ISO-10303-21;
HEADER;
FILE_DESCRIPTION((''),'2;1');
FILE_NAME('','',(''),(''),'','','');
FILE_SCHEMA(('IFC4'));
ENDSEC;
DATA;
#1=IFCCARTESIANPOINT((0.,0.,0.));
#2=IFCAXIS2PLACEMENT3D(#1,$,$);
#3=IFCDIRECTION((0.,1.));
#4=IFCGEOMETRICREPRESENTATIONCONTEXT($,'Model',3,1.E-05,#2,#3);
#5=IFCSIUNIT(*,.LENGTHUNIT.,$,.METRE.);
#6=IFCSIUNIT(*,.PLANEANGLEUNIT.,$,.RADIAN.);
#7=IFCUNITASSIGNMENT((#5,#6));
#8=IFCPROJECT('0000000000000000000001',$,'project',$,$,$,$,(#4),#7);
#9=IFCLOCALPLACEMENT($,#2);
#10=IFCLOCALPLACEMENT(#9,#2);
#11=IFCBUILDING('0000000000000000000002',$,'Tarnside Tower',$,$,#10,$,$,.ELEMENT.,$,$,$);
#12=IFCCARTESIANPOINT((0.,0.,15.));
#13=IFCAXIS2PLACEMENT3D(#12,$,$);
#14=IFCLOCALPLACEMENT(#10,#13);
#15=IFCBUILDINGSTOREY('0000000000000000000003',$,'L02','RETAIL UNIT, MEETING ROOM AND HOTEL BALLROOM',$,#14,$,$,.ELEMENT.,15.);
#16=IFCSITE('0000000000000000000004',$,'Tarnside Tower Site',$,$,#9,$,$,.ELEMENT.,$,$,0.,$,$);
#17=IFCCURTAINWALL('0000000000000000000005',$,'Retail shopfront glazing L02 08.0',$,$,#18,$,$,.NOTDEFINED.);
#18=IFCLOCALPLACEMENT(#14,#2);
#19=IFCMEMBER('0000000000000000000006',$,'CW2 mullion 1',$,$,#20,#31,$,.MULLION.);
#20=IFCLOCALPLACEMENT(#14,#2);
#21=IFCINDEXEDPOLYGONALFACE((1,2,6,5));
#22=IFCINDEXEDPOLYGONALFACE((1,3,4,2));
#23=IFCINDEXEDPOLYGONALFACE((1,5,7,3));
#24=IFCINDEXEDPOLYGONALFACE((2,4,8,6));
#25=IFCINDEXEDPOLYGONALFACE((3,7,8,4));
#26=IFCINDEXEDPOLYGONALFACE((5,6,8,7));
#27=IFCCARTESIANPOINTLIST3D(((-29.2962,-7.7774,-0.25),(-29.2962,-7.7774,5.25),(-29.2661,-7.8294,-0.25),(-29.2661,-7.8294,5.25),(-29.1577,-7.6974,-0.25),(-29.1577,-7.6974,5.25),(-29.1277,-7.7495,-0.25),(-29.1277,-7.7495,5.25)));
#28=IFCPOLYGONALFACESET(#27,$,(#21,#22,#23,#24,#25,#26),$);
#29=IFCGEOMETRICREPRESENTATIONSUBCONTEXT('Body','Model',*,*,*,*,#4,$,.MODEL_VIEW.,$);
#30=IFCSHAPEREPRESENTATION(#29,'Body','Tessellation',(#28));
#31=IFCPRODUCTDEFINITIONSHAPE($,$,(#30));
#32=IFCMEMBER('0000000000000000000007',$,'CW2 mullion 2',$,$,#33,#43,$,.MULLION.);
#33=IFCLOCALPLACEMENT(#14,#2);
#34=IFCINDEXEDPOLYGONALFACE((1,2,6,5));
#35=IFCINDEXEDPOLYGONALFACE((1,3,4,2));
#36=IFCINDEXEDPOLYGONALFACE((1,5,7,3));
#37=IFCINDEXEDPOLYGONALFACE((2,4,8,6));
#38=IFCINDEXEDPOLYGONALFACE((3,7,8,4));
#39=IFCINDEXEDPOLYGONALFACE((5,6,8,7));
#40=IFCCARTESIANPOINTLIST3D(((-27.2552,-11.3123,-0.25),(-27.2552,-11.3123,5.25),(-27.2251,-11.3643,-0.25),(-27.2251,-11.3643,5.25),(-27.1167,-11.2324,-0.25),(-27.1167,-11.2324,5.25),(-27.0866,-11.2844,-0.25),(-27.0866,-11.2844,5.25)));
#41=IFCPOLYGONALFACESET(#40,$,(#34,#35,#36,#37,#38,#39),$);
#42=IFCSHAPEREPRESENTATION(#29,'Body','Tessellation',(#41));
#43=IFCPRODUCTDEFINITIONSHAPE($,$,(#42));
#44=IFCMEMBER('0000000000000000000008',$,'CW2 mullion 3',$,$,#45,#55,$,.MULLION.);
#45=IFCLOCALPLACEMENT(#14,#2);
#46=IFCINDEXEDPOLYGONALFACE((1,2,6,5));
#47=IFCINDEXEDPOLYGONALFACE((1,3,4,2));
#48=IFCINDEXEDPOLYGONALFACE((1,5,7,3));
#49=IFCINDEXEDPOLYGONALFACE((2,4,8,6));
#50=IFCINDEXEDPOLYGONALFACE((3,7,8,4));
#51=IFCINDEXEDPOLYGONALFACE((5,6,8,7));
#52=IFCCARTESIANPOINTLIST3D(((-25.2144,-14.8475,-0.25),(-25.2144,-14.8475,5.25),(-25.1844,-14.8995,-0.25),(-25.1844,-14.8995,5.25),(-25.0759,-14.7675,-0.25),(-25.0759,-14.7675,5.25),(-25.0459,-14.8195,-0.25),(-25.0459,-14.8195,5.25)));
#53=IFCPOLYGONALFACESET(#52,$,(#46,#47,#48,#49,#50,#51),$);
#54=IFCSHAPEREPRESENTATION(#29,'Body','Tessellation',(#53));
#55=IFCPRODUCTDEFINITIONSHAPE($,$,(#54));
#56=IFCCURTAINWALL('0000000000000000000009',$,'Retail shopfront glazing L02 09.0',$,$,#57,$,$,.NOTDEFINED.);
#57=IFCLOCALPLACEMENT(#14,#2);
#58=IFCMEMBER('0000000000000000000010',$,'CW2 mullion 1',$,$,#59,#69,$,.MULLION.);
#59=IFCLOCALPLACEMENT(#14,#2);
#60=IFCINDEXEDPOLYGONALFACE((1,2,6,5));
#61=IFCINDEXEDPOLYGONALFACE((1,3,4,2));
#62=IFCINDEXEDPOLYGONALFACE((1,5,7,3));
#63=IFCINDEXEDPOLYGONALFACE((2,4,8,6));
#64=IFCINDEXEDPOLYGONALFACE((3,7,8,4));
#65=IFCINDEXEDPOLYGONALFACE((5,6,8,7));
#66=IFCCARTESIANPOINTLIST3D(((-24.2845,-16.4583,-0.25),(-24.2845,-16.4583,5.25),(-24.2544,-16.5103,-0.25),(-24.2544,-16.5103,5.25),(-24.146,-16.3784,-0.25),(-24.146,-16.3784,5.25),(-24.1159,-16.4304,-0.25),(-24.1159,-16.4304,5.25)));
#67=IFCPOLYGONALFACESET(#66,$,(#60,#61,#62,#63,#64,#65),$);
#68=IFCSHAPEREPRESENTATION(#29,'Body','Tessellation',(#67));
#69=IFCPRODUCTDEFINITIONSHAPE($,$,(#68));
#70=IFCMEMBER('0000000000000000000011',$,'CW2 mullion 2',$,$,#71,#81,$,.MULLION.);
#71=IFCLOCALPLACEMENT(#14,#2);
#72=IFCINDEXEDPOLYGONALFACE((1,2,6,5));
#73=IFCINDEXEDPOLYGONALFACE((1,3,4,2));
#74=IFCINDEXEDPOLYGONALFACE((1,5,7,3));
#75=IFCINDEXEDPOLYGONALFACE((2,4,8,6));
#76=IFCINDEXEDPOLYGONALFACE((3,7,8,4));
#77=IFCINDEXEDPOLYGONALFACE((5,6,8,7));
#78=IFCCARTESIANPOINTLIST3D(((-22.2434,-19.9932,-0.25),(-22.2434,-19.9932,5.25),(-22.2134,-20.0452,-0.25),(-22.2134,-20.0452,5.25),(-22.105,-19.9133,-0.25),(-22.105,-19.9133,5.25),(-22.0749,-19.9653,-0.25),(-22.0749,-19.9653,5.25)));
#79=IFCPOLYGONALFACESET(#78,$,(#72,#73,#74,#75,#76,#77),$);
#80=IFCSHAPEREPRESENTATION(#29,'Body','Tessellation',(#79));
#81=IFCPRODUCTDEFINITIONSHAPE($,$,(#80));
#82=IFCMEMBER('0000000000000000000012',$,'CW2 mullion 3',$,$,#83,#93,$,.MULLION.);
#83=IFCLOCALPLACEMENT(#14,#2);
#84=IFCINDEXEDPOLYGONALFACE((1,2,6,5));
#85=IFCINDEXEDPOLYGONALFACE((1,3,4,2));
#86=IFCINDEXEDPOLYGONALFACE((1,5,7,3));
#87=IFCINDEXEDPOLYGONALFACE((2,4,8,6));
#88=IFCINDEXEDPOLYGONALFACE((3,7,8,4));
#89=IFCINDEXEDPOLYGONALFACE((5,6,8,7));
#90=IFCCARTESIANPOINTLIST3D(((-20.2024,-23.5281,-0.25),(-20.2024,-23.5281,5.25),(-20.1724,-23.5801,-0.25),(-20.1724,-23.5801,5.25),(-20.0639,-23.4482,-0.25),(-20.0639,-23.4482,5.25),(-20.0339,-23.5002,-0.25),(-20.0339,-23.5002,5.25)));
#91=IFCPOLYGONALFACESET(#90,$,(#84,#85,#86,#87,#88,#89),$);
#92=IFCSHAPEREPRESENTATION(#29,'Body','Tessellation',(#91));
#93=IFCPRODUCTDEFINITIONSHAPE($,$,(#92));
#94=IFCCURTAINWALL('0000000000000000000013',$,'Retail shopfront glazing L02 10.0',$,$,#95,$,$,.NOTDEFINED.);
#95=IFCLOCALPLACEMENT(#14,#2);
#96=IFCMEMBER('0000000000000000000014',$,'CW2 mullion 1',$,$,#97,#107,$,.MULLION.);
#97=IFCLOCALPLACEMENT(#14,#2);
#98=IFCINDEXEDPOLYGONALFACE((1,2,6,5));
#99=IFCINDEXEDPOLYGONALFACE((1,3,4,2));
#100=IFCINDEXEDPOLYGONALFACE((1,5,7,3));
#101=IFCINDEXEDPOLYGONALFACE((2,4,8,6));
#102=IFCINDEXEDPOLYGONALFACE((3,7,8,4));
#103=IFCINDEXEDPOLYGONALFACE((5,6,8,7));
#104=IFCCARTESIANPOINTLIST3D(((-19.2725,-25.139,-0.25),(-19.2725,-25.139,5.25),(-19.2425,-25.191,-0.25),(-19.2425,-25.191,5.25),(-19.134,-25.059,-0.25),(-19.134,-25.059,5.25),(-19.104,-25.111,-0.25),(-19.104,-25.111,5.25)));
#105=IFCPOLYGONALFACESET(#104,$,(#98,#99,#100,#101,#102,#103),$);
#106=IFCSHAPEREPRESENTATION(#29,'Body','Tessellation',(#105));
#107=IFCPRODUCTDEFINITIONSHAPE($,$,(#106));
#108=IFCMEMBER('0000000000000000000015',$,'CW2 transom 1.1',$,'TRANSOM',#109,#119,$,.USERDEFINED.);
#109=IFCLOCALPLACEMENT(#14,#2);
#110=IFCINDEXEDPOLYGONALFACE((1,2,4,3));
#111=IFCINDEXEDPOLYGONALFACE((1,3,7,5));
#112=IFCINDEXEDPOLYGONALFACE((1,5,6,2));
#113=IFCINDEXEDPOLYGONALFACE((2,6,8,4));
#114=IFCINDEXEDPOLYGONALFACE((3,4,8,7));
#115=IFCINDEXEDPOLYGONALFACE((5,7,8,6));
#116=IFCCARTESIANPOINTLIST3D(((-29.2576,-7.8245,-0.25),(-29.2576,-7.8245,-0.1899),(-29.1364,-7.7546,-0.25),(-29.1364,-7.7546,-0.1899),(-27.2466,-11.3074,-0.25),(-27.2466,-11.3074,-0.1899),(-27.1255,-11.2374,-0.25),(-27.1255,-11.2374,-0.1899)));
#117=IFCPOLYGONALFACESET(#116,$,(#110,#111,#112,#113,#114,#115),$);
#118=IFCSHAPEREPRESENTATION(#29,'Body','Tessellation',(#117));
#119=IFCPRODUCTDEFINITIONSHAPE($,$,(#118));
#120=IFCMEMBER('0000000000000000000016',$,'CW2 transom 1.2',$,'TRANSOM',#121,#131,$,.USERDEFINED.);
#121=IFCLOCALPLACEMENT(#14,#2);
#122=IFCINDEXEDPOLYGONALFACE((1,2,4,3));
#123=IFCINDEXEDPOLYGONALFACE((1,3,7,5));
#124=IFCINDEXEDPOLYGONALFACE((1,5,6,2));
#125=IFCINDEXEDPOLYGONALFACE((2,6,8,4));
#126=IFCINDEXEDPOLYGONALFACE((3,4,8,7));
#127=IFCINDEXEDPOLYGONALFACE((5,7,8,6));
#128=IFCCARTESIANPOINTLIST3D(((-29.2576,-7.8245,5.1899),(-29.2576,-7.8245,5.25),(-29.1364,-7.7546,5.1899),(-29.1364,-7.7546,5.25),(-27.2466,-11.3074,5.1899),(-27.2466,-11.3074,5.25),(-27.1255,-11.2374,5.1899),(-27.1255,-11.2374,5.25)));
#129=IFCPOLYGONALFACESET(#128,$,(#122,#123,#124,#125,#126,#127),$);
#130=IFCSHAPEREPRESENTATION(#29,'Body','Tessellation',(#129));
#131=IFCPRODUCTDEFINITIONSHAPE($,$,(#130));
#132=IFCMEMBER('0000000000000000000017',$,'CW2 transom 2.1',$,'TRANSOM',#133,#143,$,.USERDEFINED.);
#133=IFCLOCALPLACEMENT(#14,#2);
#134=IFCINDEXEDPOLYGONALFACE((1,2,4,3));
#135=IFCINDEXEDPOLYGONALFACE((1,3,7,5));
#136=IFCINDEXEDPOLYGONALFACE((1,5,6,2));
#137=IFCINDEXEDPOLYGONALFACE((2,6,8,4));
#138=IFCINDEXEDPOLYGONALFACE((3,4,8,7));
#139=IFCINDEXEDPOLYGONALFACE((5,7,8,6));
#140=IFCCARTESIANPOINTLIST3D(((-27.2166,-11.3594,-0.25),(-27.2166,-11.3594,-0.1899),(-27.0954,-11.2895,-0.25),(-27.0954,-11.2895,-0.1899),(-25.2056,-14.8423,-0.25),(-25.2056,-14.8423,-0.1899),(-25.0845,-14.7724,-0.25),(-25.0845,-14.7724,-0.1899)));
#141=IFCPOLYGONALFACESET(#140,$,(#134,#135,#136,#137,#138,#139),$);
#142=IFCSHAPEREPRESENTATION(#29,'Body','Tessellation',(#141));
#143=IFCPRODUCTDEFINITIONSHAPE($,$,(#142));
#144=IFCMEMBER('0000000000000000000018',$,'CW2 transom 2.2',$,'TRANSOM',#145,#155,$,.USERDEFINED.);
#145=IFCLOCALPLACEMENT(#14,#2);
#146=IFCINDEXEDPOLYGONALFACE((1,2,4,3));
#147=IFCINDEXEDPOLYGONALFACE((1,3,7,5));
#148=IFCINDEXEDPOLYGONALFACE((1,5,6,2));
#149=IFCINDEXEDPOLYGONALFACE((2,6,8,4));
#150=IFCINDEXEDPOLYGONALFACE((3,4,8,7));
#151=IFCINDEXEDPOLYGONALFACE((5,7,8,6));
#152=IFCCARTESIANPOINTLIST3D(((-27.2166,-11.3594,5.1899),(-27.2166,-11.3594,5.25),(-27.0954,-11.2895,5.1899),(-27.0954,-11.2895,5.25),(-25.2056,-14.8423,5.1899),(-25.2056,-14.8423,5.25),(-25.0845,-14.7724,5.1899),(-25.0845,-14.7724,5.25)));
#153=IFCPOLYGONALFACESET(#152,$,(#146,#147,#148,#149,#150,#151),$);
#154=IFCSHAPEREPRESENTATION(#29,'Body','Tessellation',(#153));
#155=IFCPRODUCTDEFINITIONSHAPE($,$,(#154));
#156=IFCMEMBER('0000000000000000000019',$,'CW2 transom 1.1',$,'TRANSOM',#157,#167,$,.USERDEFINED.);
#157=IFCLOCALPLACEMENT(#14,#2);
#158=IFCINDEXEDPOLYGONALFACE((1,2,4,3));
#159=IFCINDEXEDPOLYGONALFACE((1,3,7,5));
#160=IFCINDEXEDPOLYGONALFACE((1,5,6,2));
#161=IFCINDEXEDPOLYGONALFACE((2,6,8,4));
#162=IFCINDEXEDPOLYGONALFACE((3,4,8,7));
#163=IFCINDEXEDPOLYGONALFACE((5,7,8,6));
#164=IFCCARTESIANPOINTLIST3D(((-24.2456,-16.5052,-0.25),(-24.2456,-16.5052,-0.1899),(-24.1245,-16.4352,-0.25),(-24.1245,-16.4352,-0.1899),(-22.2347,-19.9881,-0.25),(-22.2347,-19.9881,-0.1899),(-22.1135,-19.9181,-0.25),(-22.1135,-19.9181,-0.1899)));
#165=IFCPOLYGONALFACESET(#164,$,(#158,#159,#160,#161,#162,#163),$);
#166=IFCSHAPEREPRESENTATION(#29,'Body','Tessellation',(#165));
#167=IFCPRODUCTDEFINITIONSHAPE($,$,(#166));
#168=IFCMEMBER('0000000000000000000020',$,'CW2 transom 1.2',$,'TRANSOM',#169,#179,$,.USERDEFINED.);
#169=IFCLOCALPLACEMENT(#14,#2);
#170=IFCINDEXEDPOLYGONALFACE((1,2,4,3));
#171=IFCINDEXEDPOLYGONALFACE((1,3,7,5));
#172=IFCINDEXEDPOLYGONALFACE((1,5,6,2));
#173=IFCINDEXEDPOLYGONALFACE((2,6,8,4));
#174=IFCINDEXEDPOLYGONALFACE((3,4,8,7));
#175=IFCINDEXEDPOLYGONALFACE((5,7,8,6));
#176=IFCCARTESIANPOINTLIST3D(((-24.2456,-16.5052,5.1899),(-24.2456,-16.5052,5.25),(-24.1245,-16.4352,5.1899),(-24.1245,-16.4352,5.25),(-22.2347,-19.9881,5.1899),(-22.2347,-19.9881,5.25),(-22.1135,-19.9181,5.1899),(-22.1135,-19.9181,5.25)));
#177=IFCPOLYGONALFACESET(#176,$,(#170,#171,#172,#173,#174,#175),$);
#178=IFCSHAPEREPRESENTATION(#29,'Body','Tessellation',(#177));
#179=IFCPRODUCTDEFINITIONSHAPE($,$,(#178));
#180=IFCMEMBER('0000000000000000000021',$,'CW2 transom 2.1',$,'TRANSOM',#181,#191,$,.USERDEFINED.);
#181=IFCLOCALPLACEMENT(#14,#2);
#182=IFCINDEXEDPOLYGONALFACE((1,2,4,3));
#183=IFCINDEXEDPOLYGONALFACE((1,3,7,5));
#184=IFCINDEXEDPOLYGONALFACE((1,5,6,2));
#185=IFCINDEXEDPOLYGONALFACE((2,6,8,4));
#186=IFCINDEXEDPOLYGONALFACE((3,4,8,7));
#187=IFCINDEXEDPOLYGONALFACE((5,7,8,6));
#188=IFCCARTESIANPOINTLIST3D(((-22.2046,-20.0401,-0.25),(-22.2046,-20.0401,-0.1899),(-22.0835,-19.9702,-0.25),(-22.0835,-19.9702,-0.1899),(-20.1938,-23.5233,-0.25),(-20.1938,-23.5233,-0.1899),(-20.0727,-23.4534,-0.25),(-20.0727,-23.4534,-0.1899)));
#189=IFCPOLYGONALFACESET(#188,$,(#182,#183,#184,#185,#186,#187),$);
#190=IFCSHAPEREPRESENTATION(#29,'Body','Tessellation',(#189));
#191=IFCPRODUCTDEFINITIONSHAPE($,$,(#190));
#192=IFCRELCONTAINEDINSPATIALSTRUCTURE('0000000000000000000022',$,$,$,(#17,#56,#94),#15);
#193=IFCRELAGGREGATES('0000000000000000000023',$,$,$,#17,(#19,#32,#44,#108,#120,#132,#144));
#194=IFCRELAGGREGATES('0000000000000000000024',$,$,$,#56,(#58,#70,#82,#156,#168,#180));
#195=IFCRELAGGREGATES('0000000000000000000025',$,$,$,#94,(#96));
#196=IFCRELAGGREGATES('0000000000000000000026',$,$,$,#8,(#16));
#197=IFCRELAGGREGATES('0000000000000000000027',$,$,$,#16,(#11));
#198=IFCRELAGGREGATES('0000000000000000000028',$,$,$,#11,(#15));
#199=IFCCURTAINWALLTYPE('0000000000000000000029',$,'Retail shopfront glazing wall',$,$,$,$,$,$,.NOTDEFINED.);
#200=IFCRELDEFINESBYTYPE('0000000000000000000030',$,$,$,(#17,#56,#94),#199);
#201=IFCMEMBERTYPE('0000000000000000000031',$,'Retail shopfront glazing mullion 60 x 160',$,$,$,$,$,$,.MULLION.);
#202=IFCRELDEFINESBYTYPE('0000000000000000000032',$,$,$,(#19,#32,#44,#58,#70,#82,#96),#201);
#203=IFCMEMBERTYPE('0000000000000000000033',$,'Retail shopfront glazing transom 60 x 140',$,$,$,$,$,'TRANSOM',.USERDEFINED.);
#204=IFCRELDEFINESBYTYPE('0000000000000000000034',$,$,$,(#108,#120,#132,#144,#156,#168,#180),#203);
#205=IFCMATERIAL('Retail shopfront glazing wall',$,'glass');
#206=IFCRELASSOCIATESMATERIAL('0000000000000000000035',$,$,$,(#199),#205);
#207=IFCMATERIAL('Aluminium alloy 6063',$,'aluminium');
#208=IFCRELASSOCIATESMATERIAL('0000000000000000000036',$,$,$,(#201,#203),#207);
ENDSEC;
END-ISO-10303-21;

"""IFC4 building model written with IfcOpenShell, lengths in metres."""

from ifc_helpers import new_model, si_unit, direction, frame, origin, origin_2d, place, context, subcontext, project, spatial, rectangle, extrude, material, material_profile, profile_set, type_object, element, aggregate, save


model = new_model("IFC4")

# Units and contexts
model_context = context("Model", 3, precision=1e-05, world=origin(), true_north=direction((0.0, 1.0)))
body_context = subcontext(model_context, "Body", "Model", "MODEL_VIEW")
ifc_project = project(units=[si_unit("LENGTHUNIT", "METRE"), si_unit("PLANEANGLEUNIT", "RADIAN")], contexts=[model_context])

# Site, building, storey
site_placement = place(None, origin())
site = spatial("IfcSite", under=ifc_project, at=site_placement, Name="Tarnside Tower Site", CompositionType="ELEMENT", RefElevation=0.0)
building_placement = place(site_placement, origin())
building = spatial("IfcBuilding", under=site, at=building_placement, Name="Tarnside Tower", CompositionType="ELEMENT")
storey_placement = place(building_placement, frame((0.0, 0.0, 15.0)))
storey = spatial("IfcBuildingStorey", under=building, at=storey_placement, Name="L02", Description="RETAIL UNIT, MEETING ROOM AND HOTEL BALLROOM", CompositionType="ELEMENT", Elevation=15.0)

# Curtain walls, members
ifc_material_1 = material(Name="Retail shopfront glazing wall", Category="glass")
curtain_wall_type = type_object("IfcCurtainWallType", Name="Retail shopfront glazing wall", PredefinedType="NOTDEFINED", material=ifc_material_1)
curtain_wall_1_placement = place(storey_placement, origin())
curtain_wall_1 = element("IfcCurtainWall", 1, at=curtain_wall_1_placement, inside=storey, type_object=curtain_wall_type, Name="Retail shopfront glazing L02 08.0", PredefinedType="NOTDEFINED")
ifc_material_2 = material(Name="Aluminium alloy 6063", Category="aluminium")
ifc_material_profile_1 = material_profile(ifc_material_2, rectangle(XDim=0.1599, YDim=0.0601, at=origin_2d()), Name="Retail shopfront glazing mullion 60 x 160")
ifc_profile_set_1 = profile_set([ifc_material_profile_1], Name="Aluminium alloy 6063")
member_type_1 = type_object("IfcMemberType", Name="Retail shopfront glazing mullion 60 x 160", PredefinedType="MULLION", material=ifc_profile_set_1)
member_1_placement = place(storey_placement, frame((-29.2119, -7.7634, -0.25), z_axis=(0.0, 0.0, 1.0), x_axis=(0.866025, 0.5, 0.0)))
member_1 = element("IfcMember", 2, at=member_1_placement, type_object=member_type_1, Name="CW2 mullion 1", PredefinedType="MULLION", context=body_context, shape_type="SweptSolid", body=[
    extrude(rectangle(XDim=0.1599, YDim=0.0601, at=origin_2d()), origin(), (0.0, 0.0, 1.0), 5.5),
])
member_2_placement = place(storey_placement, frame((-27.1709, -11.2983, -0.25), z_axis=(0.0, 0.0, 1.0), x_axis=(0.866025, 0.5, 0.0)))
member_2 = element("IfcMember", 3, at=member_2_placement, type_object=member_type_1, Name="CW2 mullion 2", PredefinedType="MULLION", context=body_context, shape_type="SweptSolid", body=[
    extrude(rectangle(XDim=0.1599, YDim=0.0601, at=origin_2d()), origin(), (0.0, 0.0, 1.0), 5.5),
])
member_3_placement = place(storey_placement, frame((-25.1301, -14.8335, -0.25), z_axis=(0.0, 0.0, 1.0), x_axis=(0.866025, 0.5, 0.0)))
member_3 = element("IfcMember", 4, at=member_3_placement, type_object=member_type_1, Name="CW2 mullion 3", PredefinedType="MULLION", context=body_context, shape_type="SweptSolid", body=[
    extrude(rectangle(XDim=0.1599, YDim=0.0601, at=origin_2d()), origin(), (0.0, 0.0, 1.0), 5.5),
])
curtain_wall_2_placement = place(storey_placement, origin())
curtain_wall_2 = element("IfcCurtainWall", 5, at=curtain_wall_2_placement, inside=storey, type_object=curtain_wall_type, Name="Retail shopfront glazing L02 09.0", PredefinedType="NOTDEFINED")
member_4_placement = place(storey_placement, frame((-24.2002, -16.4443, -0.25), z_axis=(0.0, 0.0, 1.0), x_axis=(0.866025, 0.5, 0.0)))
member_4 = element("IfcMember", 6, at=member_4_placement, type_object=member_type_1, Name="CW2 mullion 1", PredefinedType="MULLION", context=body_context, shape_type="SweptSolid", body=[
    extrude(rectangle(XDim=0.1599, YDim=0.0601, at=origin_2d()), origin(), (0.0, 0.0, 1.0), 5.5),
])
member_5_placement = place(storey_placement, frame((-22.1592, -19.9792, -0.25), z_axis=(0.0, 0.0, 1.0), x_axis=(0.866025, 0.5, 0.0)))
member_5 = element("IfcMember", 7, at=member_5_placement, type_object=member_type_1, Name="CW2 mullion 2", PredefinedType="MULLION", context=body_context, shape_type="SweptSolid", body=[
    extrude(rectangle(XDim=0.1599, YDim=0.0601, at=origin_2d()), origin(), (0.0, 0.0, 1.0), 5.5),
])
member_6_placement = place(storey_placement, frame((-20.1182, -23.5142, -0.25), z_axis=(0.0, 0.0, 1.0), x_axis=(0.866025, 0.5, 0.0)))
member_6 = element("IfcMember", 8, at=member_6_placement, type_object=member_type_1, Name="CW2 mullion 3", PredefinedType="MULLION", context=body_context, shape_type="SweptSolid", body=[
    extrude(rectangle(XDim=0.1599, YDim=0.0601, at=origin_2d()), origin(), (0.0, 0.0, 1.0), 5.5),
])

# Curtain wall, member
curtain_wall_3_placement = place(storey_placement, origin())
curtain_wall_3 = element("IfcCurtainWall", 9, at=curtain_wall_3_placement, inside=storey, type_object=curtain_wall_type, Name="Retail shopfront glazing L02 10.0", PredefinedType="NOTDEFINED")
member_7_placement = place(storey_placement, frame((-19.1882, -25.125, -0.25), z_axis=(0.0, 0.0, 1.0), x_axis=(0.866025, 0.5, 0.0)))
member_7 = element("IfcMember", 10, at=member_7_placement, type_object=member_type_1, Name="CW2 mullion 1", PredefinedType="MULLION", context=body_context, shape_type="SweptSolid", body=[
    extrude(rectangle(XDim=0.1599, YDim=0.0601, at=origin_2d()), origin(), (0.0, 0.0, 1.0), 5.5),
])

# Members
ifc_material_profile_2 = material_profile(ifc_material_2, rectangle(XDim=0.1399, YDim=0.0601, at=origin_2d()), Name="Retail shopfront glazing transom 60 x 140")
ifc_profile_set_2 = profile_set([ifc_material_profile_2], Name="Aluminium alloy 6063")
member_type_2 = type_object("IfcMemberType", Name="Retail shopfront glazing transom 60 x 140", ElementType="TRANSOM", PredefinedType="USERDEFINED", material=ifc_profile_set_2)
member_8_placement = place(storey_placement, frame((-29.197, -7.7896, -0.22), z_axis=(0.500024, -0.866012, 0.0), x_axis=(0.866012, 0.500024, 0.0)))
member_8 = element("IfcMember", 11, at=member_8_placement, type_object=member_type_2, Name="CW2 transom 1.1", ObjectType="TRANSOM", PredefinedType="USERDEFINED", context=body_context, shape_type="SweptSolid", body=[
    extrude(rectangle(XDim=0.1399, YDim=0.0601, at=origin_2d()), origin(), (0.0, 0.0, 1.0), 4.0217),
])
member_9_placement = place(storey_placement, frame((-29.197, -7.7896, 5.22), z_axis=(0.500024, -0.866012, 0.0), x_axis=(0.866012, 0.500024, 0.0)))
member_9 = element("IfcMember", 12, at=member_9_placement, type_object=member_type_2, Name="CW2 transom 1.2", ObjectType="TRANSOM", PredefinedType="USERDEFINED", context=body_context, shape_type="SweptSolid", body=[
    extrude(rectangle(XDim=0.1399, YDim=0.0601, at=origin_2d()), origin(), (0.0, 0.0, 1.0), 4.0217),
])
member_10_placement = place(storey_placement, frame((-27.156, -11.3245, -0.22), z_axis=(0.500024, -0.866012, 0.0), x_axis=(0.866012, 0.500024, 0.0)))
member_10 = element("IfcMember", 13, at=member_10_placement, type_object=member_type_2, Name="CW2 transom 2.1", ObjectType="TRANSOM", PredefinedType="USERDEFINED", context=body_context, shape_type="SweptSolid", body=[
    extrude(rectangle(XDim=0.1399, YDim=0.0601, at=origin_2d()), origin(), (0.0, 0.0, 1.0), 4.0217),
])
member_11_placement = place(storey_placement, frame((-27.156, -11.3245, 5.22), z_axis=(0.500024, -0.866012, 0.0), x_axis=(0.866012, 0.500024, 0.0)))
member_11 = element("IfcMember", 14, at=member_11_placement, type_object=member_type_2, Name="CW2 transom 2.2", ObjectType="TRANSOM", PredefinedType="USERDEFINED", context=body_context, shape_type="SweptSolid", body=[
    extrude(rectangle(XDim=0.1399, YDim=0.0601, at=origin_2d()), origin(), (0.0, 0.0, 1.0), 4.0217),
])
member_12_placement = place(storey_placement, frame((-24.1851, -16.4702, -0.22), z_axis=(0.500024, -0.866012, 0.0), x_axis=(0.866012, 0.500024, 0.0)))
member_12 = element("IfcMember", 15, at=member_12_placement, type_object=member_type_2, Name="CW2 transom 1.1", ObjectType="TRANSOM", PredefinedType="USERDEFINED", context=body_context, shape_type="SweptSolid", body=[
    extrude(rectangle(XDim=0.1399, YDim=0.0601, at=origin_2d()), origin(), (0.0, 0.0, 1.0), 4.0217),
])
member_13_placement = place(storey_placement, frame((-24.1851, -16.4702, 5.22), z_axis=(0.500024, -0.866012, 0.0), x_axis=(0.866012, 0.500024, 0.0)))
member_13 = element("IfcMember", 16, at=member_13_placement, type_object=member_type_2, Name="CW2 transom 1.2", ObjectType="TRANSOM", PredefinedType="USERDEFINED", context=body_context, shape_type="SweptSolid", body=[
    extrude(rectangle(XDim=0.1399, YDim=0.0601, at=origin_2d()), origin(), (0.0, 0.0, 1.0), 4.0217),
])
member_14_placement = place(storey_placement, frame((-22.144, -20.0051, -0.22), z_axis=(0.499952, -0.866053, 0.0), x_axis=(0.866053, 0.499952, 0.0)))
member_14 = element("IfcMember", 17, at=member_14_placement, type_object=member_type_2, Name="CW2 transom 2.1", ObjectType="TRANSOM", PredefinedType="USERDEFINED", context=body_context, shape_type="SweptSolid", body=[
    extrude(rectangle(XDim=0.1399, YDim=0.0601, at=origin_2d()), origin(), (0.0, 0.0, 1.0), 4.022),
])

aggregate(curtain_wall_1, [member_1, member_2, member_3, member_8, member_9, member_10, member_11])
aggregate(curtain_wall_2, [member_4, member_5, member_6, member_12, member_13, member_14])
aggregate(curtain_wall_3, [member_7])

save(model, "model.ifc")
